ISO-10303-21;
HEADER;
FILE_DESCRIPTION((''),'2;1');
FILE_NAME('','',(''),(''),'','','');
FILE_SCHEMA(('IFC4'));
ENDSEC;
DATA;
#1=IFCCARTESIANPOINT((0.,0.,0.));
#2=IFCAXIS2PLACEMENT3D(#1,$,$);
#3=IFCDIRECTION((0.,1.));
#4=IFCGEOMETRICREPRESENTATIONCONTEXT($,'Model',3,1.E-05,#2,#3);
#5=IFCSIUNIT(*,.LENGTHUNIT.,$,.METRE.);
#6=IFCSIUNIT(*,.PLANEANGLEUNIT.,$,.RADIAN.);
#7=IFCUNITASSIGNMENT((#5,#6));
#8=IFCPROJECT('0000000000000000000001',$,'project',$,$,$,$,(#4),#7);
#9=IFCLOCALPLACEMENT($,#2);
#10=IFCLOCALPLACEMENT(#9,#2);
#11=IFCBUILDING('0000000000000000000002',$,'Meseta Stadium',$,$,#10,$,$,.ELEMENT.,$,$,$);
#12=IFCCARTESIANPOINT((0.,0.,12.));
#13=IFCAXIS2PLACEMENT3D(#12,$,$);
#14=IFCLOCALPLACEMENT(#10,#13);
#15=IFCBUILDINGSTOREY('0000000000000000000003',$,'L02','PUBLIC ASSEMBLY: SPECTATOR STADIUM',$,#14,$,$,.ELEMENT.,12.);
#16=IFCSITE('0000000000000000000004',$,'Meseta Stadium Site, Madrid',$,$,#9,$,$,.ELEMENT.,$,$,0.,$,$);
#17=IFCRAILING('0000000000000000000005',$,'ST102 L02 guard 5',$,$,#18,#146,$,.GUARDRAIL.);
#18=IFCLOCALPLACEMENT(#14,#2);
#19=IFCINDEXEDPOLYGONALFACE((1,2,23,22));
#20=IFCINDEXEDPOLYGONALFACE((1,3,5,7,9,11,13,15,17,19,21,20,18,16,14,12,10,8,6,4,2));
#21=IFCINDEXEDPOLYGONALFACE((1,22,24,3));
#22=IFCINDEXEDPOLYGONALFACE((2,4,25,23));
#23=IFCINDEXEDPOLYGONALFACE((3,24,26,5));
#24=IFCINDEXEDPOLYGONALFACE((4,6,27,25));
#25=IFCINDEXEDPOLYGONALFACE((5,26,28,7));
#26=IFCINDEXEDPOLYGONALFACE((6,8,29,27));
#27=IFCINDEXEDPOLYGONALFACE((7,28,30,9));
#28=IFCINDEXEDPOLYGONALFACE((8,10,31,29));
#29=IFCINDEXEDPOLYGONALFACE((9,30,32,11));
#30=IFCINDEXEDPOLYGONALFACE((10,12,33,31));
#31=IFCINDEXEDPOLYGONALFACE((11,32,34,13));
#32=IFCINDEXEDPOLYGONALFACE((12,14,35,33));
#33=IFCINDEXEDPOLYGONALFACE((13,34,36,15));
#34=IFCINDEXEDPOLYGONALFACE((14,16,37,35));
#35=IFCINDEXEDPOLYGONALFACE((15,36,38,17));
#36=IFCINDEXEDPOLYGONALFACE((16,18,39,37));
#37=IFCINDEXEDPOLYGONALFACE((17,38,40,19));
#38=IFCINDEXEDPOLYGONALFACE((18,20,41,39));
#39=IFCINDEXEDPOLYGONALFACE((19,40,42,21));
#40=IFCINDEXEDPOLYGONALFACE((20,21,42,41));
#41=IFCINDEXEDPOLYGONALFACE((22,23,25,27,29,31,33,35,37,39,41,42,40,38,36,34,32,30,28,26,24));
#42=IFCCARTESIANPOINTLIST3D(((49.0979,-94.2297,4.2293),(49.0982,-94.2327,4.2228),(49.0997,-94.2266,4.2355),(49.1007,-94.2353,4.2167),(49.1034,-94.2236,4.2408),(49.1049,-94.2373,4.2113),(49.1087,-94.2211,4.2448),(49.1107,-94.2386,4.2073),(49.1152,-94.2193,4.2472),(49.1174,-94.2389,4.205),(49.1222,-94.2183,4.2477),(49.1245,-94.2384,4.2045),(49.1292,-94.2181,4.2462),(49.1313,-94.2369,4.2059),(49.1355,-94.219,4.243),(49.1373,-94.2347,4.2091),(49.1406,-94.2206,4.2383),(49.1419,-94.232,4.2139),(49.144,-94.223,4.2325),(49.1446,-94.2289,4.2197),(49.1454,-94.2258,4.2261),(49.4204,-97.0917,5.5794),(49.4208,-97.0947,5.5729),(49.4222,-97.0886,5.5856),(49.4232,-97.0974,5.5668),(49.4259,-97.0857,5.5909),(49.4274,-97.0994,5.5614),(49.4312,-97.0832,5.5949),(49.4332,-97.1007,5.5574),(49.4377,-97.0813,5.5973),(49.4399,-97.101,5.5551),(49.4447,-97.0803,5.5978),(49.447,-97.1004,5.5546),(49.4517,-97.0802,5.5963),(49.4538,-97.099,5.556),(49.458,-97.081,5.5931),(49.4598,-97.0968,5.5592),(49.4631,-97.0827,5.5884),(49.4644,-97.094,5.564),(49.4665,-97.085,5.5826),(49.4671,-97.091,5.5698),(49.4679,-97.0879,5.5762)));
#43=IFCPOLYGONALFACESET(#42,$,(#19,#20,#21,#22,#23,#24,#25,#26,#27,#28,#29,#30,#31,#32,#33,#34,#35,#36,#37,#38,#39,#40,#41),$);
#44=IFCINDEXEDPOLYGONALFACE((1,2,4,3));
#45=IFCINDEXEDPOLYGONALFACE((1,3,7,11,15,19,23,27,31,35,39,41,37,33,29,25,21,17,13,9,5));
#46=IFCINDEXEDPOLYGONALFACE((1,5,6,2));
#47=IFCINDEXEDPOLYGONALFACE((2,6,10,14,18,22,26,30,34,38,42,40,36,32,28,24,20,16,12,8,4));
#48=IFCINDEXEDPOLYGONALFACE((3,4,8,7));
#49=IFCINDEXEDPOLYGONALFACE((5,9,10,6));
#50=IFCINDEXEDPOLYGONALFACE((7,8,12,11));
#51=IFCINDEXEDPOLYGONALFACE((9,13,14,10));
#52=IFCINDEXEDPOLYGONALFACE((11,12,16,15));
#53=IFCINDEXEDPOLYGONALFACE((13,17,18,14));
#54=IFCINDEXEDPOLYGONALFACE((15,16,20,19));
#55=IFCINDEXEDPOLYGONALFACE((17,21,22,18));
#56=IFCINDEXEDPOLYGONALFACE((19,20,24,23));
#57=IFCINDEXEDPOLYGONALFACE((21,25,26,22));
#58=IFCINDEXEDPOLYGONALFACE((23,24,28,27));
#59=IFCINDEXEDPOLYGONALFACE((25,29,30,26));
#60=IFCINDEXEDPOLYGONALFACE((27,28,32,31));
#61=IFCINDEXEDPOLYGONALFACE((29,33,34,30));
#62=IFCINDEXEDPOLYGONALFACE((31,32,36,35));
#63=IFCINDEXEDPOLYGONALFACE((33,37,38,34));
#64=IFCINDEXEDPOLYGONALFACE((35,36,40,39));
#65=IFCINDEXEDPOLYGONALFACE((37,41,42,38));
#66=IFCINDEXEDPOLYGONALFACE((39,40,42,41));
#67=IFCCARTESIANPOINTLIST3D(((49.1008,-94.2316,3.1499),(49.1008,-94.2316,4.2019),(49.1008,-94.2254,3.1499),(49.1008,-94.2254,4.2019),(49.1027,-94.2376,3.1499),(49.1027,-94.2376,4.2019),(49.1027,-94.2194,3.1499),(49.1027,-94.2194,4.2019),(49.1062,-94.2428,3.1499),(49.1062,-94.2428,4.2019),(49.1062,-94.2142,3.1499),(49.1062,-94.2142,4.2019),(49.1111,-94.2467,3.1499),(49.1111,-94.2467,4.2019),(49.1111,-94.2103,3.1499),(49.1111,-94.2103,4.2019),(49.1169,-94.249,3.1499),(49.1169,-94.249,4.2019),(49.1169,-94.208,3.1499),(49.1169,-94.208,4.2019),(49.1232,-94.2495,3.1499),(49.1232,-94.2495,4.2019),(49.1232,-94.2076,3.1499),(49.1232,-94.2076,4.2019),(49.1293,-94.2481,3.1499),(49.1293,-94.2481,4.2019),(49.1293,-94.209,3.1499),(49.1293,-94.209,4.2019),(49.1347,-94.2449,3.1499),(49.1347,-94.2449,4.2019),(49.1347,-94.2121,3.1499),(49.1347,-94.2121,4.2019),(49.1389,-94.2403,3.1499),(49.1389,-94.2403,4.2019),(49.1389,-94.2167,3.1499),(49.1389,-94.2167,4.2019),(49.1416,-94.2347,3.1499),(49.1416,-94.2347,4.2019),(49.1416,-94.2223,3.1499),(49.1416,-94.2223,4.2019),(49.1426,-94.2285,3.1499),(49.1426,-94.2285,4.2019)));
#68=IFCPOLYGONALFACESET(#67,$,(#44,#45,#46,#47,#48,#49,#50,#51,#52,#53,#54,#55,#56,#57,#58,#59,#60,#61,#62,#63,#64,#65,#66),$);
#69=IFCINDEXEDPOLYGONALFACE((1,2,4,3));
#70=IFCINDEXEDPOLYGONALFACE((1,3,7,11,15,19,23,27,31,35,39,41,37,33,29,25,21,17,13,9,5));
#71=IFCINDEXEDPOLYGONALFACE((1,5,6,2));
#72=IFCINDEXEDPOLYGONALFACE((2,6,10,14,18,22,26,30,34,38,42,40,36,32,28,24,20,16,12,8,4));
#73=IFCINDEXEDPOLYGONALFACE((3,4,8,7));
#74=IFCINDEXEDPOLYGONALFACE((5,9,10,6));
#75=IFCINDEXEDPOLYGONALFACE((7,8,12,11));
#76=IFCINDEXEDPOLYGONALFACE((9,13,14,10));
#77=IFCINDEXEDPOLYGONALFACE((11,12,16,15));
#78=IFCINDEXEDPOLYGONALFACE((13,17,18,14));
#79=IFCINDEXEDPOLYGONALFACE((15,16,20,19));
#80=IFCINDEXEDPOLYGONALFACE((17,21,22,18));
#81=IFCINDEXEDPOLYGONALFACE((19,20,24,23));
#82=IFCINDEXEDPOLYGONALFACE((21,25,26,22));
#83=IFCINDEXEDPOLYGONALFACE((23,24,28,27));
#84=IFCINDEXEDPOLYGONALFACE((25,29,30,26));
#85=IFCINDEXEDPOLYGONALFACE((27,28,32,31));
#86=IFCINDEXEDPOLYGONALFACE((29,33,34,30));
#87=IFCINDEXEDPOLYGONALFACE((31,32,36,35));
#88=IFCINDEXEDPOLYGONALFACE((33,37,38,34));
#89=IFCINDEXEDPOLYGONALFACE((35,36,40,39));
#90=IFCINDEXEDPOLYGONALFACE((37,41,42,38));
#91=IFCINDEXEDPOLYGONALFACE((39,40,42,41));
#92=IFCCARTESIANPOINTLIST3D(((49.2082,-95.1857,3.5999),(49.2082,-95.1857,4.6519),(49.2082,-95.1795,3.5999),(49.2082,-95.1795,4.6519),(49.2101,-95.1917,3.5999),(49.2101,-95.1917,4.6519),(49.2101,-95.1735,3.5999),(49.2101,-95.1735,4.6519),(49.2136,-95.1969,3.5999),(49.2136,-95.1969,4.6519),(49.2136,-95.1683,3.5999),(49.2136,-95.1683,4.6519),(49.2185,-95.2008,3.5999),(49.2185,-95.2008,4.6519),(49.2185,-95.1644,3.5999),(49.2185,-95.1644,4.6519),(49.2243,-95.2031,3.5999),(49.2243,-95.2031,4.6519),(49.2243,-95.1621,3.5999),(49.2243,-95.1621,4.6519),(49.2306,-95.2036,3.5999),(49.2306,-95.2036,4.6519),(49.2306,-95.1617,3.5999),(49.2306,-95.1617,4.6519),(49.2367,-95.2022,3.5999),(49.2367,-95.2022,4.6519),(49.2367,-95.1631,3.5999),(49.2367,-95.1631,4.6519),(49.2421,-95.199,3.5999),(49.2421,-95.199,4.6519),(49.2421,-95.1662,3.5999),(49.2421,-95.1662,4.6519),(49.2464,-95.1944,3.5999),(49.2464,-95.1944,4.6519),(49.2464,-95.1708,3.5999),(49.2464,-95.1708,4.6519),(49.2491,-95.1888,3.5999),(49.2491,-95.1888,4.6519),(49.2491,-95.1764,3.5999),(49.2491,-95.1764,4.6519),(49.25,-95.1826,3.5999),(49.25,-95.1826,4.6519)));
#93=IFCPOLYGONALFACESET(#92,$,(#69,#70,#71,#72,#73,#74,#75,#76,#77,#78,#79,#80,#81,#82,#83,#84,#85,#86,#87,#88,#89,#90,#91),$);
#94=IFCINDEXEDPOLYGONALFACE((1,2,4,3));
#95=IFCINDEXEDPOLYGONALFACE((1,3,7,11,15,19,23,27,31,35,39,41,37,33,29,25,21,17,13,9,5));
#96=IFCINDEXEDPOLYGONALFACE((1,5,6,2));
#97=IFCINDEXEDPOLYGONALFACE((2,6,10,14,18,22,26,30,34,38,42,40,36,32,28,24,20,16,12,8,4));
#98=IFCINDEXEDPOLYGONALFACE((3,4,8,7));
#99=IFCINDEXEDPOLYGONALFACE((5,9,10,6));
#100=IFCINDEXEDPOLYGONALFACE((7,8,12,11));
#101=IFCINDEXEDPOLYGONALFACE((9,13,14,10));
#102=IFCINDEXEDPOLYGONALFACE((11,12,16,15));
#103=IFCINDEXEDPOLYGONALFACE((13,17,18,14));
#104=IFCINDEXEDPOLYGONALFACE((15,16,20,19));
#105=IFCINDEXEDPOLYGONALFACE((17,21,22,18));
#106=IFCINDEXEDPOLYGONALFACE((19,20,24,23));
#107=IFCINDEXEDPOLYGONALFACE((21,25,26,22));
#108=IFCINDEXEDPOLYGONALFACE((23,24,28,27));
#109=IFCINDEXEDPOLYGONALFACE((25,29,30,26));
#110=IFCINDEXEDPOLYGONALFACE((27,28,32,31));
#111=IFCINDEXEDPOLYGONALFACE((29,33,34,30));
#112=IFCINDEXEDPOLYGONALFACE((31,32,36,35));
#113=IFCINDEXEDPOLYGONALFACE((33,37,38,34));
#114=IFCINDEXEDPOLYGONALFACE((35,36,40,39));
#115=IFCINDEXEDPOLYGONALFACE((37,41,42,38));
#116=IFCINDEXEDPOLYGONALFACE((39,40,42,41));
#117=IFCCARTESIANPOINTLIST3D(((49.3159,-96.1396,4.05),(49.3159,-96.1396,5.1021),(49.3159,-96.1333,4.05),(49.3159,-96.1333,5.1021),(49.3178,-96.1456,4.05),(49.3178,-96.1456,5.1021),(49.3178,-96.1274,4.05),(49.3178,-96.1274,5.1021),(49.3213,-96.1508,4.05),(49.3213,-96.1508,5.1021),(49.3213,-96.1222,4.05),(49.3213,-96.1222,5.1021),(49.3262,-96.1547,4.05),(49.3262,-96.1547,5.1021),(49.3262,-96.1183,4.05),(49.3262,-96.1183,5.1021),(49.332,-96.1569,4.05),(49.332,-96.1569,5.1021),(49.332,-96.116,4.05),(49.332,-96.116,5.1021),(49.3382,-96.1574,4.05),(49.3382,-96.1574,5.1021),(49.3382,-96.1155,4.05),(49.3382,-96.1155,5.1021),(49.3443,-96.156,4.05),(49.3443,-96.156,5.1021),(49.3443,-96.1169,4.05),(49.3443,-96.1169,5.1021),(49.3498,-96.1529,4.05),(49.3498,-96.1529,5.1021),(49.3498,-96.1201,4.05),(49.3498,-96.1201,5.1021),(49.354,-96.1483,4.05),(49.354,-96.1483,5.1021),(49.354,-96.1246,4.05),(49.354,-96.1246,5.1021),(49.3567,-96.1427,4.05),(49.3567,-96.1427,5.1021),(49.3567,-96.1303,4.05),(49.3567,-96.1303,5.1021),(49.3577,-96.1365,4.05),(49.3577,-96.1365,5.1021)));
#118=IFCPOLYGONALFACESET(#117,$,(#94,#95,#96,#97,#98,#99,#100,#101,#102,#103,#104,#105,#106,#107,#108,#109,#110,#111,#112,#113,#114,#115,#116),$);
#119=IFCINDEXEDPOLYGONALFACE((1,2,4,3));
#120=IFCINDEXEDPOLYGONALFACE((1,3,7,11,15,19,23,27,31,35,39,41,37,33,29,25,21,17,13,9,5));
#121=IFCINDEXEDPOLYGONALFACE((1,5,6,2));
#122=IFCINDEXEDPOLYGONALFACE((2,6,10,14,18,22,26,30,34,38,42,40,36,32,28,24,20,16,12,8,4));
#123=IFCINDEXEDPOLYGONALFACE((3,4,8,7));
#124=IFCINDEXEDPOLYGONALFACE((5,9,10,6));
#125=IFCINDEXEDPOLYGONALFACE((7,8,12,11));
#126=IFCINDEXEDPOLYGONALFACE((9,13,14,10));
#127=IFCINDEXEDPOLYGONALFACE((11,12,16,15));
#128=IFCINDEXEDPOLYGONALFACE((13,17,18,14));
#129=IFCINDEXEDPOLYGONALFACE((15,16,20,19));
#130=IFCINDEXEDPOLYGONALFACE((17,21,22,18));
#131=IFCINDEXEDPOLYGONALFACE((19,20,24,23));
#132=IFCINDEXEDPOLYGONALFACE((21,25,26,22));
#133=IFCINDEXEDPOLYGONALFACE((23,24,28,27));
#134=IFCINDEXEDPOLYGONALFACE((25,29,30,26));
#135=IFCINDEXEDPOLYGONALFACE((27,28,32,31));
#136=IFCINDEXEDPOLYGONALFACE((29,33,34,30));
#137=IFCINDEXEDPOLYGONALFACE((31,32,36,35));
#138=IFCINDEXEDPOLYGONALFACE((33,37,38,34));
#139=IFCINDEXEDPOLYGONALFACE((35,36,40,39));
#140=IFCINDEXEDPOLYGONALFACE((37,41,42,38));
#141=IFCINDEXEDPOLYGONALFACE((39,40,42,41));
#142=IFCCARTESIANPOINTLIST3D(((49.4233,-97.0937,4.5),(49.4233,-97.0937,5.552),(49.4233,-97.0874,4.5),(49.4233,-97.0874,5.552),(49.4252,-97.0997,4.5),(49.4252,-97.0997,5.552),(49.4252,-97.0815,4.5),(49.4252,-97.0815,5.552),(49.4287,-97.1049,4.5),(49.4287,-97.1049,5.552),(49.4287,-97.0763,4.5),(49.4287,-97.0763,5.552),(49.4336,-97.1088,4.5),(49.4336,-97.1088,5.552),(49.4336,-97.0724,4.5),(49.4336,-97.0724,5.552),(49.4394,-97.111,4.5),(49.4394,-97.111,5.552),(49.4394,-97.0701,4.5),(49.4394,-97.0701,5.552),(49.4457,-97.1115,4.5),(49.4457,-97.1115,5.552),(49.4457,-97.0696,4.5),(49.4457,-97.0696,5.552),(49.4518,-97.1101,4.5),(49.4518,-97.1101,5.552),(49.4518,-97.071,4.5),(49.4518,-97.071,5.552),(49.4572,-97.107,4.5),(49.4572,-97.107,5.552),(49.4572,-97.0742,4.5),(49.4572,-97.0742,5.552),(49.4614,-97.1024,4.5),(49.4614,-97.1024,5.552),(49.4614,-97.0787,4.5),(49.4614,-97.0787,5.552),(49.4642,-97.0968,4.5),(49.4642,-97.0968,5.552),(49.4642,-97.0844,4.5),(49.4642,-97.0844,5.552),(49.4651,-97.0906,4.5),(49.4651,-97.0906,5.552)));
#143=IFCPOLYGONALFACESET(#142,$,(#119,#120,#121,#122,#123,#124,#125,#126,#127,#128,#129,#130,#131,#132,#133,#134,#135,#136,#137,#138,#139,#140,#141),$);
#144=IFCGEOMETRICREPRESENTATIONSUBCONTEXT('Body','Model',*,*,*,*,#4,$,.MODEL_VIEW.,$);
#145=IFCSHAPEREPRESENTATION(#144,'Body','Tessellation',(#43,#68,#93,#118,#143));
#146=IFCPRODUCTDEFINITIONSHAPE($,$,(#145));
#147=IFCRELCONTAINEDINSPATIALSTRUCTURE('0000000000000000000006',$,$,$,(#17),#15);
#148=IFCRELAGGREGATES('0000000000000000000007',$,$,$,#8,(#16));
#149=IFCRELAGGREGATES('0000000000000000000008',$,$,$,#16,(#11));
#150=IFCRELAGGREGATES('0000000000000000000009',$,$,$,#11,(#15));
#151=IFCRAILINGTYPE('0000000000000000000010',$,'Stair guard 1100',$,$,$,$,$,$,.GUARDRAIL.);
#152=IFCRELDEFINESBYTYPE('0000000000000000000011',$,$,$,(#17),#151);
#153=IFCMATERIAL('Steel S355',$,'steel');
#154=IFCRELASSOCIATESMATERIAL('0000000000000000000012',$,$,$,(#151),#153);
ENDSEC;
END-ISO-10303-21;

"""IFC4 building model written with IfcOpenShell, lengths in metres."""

from ifc_helpers import new_model, si_unit, direction, frame, origin, origin_2d, place, context, subcontext, project, spatial, circle, extrude, material, type_object, element, save


model = new_model("IFC4")

# Units and contexts
model_context = context("Model", 3, precision=1e-05, world=origin(), true_north=direction((0.0, 1.0)))
body_context = subcontext(model_context, "Body", "Model", "MODEL_VIEW")
ifc_project = project(units=[si_unit("LENGTHUNIT", "METRE"), si_unit("PLANEANGLEUNIT", "RADIAN")], contexts=[model_context])

# Site, building, storey
site_placement = place(None, origin())
site = spatial("IfcSite", under=ifc_project, at=site_placement, Name="Meseta Stadium Site, Madrid", CompositionType="ELEMENT", RefElevation=0.0)
building_placement = place(site_placement, origin())
building = spatial("IfcBuilding", under=site, at=building_placement, Name="Meseta Stadium", CompositionType="ELEMENT")
storey_placement = place(building_placement, frame((0.0, 0.0, 12.0)))
storey = spatial("IfcBuildingStorey", under=building, at=storey_placement, Name="L02", Description="PUBLIC ASSEMBLY: SPECTATOR STADIUM", CompositionType="ELEMENT", Elevation=12.0)

# Railing
ifc_material_1 = material(Name="Steel S355", Category="steel")
railing_type_1 = type_object("IfcRailingType", Name="Stair guard 1100", PredefinedType="GUARDRAIL", material=ifc_material_1)
railing_1_placement = place(storey_placement, frame((49.1216, -94.2285, 3.1499)))
element("IfcRailing", 1, at=railing_1_placement, inside=storey, type_object=railing_type_1, Name="ST102 L02 guard 5", PredefinedType="GUARDRAIL", context=body_context, shape_type="SweptSolid", body=[
    extrude(circle(Radius=0.0239, at=origin_2d()), frame((0.0, 0.0, 1.0762), z_axis=(0.101389, -0.899763, 0.424438), x_axis=(0.993711, 0.111976, 0.0)), (0.0, 0.0, 1.0), 3.1809),
    extrude(circle(Radius=0.021, at=origin_2d()), origin(), (0.0, 0.0, 1.0), 1.052),
    extrude(circle(Radius=0.021, at=origin_2d()), frame((0.1074, -0.9541, 0.45)), (0.0, 0.0, 1.0), 1.052),
    extrude(circle(Radius=0.021, at=origin_2d()), frame((0.2151, -1.908, 0.9001)), (0.0, 0.0, 1.0), 1.052),
    extrude(circle(Radius=0.021, at=origin_2d()), frame((0.3225, -2.8621, 1.3501)), (0.0, 0.0, 1.0), 1.052),
])

save(model, "model.ifc")
